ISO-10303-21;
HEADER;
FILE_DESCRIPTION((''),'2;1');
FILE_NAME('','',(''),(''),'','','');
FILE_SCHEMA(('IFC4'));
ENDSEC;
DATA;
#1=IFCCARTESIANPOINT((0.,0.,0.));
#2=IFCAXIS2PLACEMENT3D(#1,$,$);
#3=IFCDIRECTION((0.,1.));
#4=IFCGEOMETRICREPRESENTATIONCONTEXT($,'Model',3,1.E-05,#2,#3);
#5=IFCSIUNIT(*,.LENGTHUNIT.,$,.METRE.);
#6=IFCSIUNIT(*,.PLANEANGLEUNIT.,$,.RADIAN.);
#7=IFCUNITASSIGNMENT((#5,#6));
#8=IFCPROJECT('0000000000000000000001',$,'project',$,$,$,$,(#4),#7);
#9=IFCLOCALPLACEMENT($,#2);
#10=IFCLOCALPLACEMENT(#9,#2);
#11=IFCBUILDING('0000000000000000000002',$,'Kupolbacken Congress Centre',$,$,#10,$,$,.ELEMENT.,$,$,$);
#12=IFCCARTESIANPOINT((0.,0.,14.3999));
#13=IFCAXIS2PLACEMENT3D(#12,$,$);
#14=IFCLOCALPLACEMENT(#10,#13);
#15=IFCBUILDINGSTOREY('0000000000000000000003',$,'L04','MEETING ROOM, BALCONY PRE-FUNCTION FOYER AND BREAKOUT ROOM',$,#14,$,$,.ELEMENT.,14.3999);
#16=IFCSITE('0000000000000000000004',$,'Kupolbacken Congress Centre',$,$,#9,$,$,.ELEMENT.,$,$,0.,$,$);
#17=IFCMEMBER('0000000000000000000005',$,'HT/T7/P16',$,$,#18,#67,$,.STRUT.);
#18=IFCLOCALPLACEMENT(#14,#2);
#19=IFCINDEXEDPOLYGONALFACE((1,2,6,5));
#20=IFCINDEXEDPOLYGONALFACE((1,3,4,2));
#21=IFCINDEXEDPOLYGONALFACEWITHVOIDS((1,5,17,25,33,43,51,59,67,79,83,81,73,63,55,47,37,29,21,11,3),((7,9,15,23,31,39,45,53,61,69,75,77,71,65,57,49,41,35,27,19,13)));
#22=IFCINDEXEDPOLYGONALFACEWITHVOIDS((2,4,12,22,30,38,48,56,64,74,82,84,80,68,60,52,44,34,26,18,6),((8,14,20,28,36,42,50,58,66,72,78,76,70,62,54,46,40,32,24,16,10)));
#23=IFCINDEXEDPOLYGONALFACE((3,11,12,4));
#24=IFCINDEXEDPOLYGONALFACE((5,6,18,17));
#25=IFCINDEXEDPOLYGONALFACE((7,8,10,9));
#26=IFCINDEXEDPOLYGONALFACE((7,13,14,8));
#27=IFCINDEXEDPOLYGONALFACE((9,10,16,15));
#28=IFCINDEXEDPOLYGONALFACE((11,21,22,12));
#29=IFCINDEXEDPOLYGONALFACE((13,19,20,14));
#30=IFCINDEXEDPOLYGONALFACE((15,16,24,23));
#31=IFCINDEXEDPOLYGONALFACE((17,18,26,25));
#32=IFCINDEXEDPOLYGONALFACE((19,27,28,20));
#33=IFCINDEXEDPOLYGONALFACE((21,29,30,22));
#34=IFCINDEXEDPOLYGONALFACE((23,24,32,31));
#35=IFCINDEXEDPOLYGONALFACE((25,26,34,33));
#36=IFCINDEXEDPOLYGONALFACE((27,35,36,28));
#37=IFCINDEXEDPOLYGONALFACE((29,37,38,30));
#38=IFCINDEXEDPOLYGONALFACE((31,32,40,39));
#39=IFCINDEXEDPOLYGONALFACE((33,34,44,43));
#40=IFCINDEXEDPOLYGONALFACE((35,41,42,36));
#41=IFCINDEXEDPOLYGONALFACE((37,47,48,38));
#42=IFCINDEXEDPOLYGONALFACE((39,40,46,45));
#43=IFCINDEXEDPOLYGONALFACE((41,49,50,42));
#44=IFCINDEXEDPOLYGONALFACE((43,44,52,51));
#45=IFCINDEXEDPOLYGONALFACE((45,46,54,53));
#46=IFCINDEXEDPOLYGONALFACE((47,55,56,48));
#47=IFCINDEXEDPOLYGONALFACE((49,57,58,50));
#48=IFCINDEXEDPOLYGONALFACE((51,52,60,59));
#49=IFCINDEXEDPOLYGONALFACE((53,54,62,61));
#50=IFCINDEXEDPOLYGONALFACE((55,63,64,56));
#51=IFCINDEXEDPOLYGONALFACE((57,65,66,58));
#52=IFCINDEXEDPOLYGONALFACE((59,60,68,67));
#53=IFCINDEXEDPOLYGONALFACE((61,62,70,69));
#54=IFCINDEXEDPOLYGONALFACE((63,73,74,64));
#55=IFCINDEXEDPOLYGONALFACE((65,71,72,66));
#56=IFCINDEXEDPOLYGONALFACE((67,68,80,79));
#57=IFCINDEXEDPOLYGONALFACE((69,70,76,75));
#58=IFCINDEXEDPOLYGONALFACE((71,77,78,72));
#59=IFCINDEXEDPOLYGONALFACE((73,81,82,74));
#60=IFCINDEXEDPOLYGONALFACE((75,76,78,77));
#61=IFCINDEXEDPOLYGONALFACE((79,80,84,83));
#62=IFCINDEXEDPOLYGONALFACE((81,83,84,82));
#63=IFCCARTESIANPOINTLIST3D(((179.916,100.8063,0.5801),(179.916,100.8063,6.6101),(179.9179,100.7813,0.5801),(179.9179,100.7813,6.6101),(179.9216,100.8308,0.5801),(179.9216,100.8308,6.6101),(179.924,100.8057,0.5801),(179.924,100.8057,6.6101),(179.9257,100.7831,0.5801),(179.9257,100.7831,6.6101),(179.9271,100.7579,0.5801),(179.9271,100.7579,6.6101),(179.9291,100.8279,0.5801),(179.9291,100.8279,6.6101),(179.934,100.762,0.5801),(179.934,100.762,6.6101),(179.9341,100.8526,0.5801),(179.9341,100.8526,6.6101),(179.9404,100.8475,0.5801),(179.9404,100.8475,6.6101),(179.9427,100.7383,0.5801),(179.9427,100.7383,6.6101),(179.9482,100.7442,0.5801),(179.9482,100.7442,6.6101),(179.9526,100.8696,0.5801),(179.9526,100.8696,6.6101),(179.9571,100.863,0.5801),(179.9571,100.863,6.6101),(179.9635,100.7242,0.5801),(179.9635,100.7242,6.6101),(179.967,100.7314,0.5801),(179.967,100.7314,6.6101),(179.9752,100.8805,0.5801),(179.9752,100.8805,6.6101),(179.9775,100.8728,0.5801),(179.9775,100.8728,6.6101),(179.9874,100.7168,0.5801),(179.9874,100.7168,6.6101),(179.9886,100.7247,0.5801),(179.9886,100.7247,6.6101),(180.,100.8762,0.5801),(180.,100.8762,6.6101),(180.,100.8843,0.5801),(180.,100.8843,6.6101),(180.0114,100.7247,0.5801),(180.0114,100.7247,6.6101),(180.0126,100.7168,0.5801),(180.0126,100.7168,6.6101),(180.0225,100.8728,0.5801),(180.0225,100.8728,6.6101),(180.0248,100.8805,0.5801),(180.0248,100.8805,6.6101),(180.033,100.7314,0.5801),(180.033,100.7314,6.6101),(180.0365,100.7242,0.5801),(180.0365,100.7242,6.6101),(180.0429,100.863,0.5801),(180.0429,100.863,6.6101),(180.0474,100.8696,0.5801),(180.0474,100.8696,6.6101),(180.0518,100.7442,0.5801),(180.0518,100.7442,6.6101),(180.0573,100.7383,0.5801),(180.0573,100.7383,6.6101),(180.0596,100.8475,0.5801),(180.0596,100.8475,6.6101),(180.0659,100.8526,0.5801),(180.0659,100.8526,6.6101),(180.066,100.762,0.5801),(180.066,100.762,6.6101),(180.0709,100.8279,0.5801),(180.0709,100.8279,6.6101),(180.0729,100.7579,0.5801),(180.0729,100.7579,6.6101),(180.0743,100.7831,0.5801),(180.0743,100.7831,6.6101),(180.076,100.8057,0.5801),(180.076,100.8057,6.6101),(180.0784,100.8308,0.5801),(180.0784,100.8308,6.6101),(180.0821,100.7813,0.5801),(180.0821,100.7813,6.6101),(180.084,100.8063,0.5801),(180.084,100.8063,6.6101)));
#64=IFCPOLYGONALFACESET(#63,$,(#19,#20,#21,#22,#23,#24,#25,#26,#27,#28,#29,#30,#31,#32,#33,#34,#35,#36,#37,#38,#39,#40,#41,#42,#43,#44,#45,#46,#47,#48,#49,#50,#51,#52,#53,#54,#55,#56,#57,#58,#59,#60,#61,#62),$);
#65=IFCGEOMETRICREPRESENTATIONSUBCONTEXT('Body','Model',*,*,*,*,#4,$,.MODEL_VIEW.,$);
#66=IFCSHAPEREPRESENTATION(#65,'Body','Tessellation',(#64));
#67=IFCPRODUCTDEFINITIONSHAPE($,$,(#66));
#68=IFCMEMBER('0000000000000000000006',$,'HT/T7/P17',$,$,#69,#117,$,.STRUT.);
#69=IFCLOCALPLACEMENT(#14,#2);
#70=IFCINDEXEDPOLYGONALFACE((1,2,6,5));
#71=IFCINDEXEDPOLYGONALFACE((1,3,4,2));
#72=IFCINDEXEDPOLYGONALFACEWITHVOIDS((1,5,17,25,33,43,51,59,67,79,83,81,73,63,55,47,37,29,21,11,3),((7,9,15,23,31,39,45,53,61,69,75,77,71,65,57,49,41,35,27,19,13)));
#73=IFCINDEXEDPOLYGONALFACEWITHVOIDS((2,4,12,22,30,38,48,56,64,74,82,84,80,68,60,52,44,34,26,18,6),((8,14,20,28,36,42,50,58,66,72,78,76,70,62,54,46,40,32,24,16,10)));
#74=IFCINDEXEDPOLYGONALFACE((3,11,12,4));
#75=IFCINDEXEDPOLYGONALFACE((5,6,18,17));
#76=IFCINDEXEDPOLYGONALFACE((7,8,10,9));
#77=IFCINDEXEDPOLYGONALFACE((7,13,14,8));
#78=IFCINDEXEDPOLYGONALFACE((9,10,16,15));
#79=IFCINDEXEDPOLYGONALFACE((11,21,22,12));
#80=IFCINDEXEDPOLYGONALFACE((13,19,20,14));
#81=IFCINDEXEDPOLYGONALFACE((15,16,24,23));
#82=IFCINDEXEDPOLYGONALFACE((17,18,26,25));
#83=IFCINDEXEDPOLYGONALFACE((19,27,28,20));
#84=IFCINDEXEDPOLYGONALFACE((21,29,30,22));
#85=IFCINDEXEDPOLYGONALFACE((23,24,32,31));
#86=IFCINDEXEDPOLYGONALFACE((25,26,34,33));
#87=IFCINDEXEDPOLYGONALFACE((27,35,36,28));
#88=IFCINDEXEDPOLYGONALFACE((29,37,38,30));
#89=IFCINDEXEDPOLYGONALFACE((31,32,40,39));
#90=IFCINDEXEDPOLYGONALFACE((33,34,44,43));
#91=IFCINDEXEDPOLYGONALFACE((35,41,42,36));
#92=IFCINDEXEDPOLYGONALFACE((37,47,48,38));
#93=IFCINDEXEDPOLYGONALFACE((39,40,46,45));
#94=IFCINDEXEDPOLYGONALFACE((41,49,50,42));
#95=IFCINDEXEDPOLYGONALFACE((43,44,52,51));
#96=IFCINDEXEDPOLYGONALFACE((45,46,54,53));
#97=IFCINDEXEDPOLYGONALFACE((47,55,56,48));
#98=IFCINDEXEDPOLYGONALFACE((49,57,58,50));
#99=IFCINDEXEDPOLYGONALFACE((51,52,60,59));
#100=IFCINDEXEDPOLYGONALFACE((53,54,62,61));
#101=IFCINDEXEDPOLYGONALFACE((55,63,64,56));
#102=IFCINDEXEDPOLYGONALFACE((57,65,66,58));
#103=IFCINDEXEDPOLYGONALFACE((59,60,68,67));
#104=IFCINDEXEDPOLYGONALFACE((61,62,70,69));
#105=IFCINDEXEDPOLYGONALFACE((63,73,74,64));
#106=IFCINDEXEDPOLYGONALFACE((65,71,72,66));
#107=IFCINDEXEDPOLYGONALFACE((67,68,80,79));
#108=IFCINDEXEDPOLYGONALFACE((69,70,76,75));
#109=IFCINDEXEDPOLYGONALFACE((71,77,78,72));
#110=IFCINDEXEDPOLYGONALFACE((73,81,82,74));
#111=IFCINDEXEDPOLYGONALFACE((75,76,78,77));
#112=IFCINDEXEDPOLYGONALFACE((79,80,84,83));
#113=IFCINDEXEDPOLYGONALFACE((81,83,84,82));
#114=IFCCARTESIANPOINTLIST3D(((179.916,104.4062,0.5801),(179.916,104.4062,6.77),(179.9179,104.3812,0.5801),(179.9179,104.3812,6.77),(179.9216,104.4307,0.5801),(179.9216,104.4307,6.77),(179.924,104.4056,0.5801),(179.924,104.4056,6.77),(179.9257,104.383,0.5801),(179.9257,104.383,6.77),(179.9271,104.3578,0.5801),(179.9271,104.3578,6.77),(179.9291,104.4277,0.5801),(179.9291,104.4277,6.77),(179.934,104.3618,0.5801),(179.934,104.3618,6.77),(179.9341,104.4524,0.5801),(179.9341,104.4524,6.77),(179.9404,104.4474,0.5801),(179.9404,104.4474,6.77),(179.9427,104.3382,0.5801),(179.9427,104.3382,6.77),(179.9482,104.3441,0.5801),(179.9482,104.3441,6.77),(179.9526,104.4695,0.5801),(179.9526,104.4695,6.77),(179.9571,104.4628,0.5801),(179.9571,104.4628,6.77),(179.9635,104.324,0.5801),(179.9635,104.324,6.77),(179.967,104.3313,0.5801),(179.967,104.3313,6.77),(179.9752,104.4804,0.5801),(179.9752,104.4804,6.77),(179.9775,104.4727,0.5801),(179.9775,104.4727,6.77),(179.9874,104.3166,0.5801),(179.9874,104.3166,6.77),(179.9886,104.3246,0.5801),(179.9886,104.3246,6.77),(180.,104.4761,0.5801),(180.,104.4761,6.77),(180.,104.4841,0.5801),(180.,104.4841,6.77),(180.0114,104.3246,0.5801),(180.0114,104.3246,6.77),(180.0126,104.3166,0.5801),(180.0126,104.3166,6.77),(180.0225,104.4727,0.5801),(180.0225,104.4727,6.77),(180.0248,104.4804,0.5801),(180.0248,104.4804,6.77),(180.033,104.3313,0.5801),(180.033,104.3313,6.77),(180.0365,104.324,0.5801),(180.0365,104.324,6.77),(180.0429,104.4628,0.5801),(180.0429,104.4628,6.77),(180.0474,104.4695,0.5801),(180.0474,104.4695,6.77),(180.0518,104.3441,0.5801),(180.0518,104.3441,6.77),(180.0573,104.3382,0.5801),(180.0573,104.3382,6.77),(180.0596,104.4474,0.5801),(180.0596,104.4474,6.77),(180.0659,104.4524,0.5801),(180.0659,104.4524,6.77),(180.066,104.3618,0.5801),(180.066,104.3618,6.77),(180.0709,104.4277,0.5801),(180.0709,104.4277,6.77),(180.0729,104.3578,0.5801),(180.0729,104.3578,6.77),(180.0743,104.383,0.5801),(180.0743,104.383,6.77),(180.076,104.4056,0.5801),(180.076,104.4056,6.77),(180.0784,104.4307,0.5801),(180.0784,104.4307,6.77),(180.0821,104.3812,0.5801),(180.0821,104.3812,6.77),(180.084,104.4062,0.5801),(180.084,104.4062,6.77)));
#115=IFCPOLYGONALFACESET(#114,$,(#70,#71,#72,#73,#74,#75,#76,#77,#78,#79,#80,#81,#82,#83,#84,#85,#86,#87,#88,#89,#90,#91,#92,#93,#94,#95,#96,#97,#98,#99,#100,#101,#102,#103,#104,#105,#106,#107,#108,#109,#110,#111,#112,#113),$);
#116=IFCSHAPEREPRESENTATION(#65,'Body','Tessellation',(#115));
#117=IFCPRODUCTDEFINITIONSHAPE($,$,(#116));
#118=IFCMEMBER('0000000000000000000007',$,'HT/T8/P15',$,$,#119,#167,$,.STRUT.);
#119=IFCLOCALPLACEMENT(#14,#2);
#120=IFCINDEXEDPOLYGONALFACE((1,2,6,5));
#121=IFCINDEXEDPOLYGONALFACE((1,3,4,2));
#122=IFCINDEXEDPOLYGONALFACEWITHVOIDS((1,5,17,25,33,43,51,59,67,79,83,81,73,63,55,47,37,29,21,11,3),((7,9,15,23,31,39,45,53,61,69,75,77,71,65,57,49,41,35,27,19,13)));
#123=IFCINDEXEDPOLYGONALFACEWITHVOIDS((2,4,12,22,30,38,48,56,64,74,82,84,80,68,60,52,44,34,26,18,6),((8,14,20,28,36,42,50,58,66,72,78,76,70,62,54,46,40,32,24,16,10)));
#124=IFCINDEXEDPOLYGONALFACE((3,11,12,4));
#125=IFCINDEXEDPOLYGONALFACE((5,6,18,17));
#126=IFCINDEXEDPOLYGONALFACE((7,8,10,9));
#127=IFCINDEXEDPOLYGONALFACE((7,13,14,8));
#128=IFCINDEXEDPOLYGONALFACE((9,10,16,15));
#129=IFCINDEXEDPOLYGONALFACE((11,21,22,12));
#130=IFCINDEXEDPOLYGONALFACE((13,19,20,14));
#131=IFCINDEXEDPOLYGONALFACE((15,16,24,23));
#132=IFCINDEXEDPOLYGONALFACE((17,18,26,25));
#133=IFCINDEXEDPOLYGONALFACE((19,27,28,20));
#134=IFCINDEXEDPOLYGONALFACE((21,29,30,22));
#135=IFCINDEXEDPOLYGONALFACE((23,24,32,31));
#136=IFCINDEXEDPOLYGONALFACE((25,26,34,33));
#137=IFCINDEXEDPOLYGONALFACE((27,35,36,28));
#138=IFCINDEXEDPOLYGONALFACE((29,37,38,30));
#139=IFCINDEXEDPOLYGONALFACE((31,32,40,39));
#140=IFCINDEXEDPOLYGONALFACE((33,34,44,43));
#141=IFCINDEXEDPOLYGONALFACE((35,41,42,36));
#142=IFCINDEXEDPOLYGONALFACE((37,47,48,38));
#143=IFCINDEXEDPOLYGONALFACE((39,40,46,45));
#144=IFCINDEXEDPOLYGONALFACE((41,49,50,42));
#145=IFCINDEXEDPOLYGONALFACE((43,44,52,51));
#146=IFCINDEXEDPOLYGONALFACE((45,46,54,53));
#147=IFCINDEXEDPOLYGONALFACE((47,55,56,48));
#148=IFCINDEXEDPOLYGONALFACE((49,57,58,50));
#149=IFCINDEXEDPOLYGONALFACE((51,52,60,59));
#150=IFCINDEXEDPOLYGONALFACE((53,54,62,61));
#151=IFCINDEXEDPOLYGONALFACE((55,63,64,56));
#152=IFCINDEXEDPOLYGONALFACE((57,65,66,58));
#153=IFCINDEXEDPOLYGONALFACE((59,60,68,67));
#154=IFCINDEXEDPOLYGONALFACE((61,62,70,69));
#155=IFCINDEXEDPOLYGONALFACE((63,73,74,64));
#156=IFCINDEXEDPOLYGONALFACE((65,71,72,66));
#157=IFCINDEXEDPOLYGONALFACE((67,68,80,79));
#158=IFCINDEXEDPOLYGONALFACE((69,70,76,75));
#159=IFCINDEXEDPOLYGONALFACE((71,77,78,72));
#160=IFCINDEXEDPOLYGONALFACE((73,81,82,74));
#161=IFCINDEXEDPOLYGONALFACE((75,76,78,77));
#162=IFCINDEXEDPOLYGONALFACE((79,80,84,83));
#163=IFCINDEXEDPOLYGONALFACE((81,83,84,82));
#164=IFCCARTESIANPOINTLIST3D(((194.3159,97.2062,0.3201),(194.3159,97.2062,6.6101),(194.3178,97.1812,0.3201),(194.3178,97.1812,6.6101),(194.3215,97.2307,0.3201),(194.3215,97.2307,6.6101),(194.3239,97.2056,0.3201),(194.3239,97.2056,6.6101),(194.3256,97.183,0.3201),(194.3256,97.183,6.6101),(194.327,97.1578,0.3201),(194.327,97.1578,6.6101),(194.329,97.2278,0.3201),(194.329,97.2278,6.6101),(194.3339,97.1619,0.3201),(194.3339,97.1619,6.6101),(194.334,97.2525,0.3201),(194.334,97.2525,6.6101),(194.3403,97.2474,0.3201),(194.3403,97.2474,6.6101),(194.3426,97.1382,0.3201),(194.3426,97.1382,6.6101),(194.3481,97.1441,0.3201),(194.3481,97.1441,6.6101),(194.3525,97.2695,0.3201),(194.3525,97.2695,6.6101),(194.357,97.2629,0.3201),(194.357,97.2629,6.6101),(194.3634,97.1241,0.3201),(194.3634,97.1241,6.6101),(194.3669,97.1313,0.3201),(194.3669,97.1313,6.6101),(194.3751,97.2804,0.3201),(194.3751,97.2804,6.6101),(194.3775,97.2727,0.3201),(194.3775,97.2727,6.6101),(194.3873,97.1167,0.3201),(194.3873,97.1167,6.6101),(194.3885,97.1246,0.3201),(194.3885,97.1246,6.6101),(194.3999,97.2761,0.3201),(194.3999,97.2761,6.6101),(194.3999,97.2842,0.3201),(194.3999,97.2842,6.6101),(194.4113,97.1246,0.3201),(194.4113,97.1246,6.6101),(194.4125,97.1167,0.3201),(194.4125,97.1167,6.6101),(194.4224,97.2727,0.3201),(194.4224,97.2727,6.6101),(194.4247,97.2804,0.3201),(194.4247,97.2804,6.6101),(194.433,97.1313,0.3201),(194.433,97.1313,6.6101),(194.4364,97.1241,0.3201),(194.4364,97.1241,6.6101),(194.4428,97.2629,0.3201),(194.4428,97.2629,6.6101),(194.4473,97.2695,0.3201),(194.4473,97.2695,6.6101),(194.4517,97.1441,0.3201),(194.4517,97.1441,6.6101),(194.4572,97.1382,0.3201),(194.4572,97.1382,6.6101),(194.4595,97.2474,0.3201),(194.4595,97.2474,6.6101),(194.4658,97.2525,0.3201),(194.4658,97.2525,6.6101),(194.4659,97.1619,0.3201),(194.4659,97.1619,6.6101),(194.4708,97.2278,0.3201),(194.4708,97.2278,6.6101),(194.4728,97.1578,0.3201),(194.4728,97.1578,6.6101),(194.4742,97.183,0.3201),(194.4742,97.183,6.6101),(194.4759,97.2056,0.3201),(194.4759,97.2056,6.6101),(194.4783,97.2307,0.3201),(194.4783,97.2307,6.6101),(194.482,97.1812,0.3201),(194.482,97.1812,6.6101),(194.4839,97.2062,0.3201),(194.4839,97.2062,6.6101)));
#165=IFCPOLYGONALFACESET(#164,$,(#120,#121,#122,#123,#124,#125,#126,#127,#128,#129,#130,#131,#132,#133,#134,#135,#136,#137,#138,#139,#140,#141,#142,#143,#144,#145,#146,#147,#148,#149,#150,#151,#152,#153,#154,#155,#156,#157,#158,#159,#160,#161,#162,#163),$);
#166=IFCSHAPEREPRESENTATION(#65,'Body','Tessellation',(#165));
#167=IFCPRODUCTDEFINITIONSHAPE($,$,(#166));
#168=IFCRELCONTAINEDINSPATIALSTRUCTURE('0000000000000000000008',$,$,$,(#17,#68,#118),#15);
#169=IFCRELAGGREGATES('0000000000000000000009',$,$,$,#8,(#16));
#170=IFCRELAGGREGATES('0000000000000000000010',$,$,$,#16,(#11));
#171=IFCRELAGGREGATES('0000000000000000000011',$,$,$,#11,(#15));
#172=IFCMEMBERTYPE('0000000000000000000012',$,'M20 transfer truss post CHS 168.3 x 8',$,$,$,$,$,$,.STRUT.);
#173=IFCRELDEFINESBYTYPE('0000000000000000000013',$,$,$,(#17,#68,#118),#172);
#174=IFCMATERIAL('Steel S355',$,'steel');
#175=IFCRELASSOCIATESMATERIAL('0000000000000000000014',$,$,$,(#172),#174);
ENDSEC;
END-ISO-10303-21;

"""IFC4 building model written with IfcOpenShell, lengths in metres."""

from ifc_helpers import new_model, si_unit, direction, frame, origin, origin_2d, place, context, subcontext, project, spatial, hollow_circle, extrude, material, material_profile, profile_set, type_object, element, save


model = new_model("IFC4")

# Units and contexts
model_context = context("Model", 3, precision=1e-05, world=origin(), true_north=direction((0.0, 1.0)))
body_context = subcontext(model_context, "Body", "Model", "MODEL_VIEW")
ifc_project = project(units=[si_unit("LENGTHUNIT", "METRE"), si_unit("PLANEANGLEUNIT", "RADIAN")], contexts=[model_context])

# Site, building, storey
site_placement = place(None, origin())
site = spatial("IfcSite", under=ifc_project, at=site_placement, Name="Kupolbacken Congress Centre", CompositionType="ELEMENT", RefElevation=0.0)
building_placement = place(site_placement, origin())
building = spatial("IfcBuilding", under=site, at=building_placement, Name="Kupolbacken Congress Centre", CompositionType="ELEMENT")
storey_placement = place(building_placement, frame((0.0, 0.0, 14.3999)))
storey = spatial("IfcBuildingStorey", under=building, at=storey_placement, Name="L04", Description="MEETING ROOM, BALCONY PRE-FUNCTION FOYER AND BREAKOUT ROOM", CompositionType="ELEMENT", Elevation=14.3999)

# Members
ifc_material_1 = material(Name="Steel S355", Category="steel")
ifc_material_profile_1 = material_profile(ifc_material_1, hollow_circle(Radius=0.0842, WallThickness=0.0081, at=origin_2d()), Name="CHS 168.3 x 8")
ifc_profile_set_1 = profile_set([ifc_material_profile_1], Name="Steel S355")
member_type_1 = type_object("IfcMemberType", Name="M20 transfer truss post CHS 168.3 x 8", PredefinedType="STRUT", material=ifc_profile_set_1)
member_1_placement = place(storey_placement, frame((180.0, 100.8, 0.5801), z_axis=(0.0, 0.0, 1.0), x_axis=(0.0, 1.0, 0.0)))
element("IfcMember", 1, at=member_1_placement, inside=storey, type_object=member_type_1, Name="HT/T7/P16", PredefinedType="STRUT", context=body_context, shape_type="SweptSolid", body=[
    extrude(hollow_circle(Radius=0.0842, WallThickness=0.0081, at=origin_2d()), origin(), (0.0, 0.0, 1.0), 6.03),
])
member_2_placement = place(storey_placement, frame((180.0, 104.3999, 0.5801), z_axis=(0.0, 0.0, 1.0), x_axis=(0.0, 1.0, 0.0)))
element("IfcMember", 2, at=member_2_placement, inside=storey, type_object=member_type_1, Name="HT/T7/P17", PredefinedType="STRUT", context=body_context, shape_type="SweptSolid", body=[
    extrude(hollow_circle(Radius=0.0842, WallThickness=0.0081, at=origin_2d()), origin(), (0.0, 0.0, 1.0), 6.1899),
])
member_3_placement = place(storey_placement, frame((194.3999, 97.2, 0.3201), z_axis=(0.0, 0.0, 1.0), x_axis=(0.0, 1.0, 0.0)))
element("IfcMember", 3, at=member_3_placement, inside=storey, type_object=member_type_1, Name="HT/T8/P15", PredefinedType="STRUT", context=body_context, shape_type="SweptSolid", body=[
    extrude(hollow_circle(Radius=0.0842, WallThickness=0.0081, at=origin_2d()), origin(), (0.0, 0.0, 1.0), 6.29),
])

save(model, "model.ifc")
